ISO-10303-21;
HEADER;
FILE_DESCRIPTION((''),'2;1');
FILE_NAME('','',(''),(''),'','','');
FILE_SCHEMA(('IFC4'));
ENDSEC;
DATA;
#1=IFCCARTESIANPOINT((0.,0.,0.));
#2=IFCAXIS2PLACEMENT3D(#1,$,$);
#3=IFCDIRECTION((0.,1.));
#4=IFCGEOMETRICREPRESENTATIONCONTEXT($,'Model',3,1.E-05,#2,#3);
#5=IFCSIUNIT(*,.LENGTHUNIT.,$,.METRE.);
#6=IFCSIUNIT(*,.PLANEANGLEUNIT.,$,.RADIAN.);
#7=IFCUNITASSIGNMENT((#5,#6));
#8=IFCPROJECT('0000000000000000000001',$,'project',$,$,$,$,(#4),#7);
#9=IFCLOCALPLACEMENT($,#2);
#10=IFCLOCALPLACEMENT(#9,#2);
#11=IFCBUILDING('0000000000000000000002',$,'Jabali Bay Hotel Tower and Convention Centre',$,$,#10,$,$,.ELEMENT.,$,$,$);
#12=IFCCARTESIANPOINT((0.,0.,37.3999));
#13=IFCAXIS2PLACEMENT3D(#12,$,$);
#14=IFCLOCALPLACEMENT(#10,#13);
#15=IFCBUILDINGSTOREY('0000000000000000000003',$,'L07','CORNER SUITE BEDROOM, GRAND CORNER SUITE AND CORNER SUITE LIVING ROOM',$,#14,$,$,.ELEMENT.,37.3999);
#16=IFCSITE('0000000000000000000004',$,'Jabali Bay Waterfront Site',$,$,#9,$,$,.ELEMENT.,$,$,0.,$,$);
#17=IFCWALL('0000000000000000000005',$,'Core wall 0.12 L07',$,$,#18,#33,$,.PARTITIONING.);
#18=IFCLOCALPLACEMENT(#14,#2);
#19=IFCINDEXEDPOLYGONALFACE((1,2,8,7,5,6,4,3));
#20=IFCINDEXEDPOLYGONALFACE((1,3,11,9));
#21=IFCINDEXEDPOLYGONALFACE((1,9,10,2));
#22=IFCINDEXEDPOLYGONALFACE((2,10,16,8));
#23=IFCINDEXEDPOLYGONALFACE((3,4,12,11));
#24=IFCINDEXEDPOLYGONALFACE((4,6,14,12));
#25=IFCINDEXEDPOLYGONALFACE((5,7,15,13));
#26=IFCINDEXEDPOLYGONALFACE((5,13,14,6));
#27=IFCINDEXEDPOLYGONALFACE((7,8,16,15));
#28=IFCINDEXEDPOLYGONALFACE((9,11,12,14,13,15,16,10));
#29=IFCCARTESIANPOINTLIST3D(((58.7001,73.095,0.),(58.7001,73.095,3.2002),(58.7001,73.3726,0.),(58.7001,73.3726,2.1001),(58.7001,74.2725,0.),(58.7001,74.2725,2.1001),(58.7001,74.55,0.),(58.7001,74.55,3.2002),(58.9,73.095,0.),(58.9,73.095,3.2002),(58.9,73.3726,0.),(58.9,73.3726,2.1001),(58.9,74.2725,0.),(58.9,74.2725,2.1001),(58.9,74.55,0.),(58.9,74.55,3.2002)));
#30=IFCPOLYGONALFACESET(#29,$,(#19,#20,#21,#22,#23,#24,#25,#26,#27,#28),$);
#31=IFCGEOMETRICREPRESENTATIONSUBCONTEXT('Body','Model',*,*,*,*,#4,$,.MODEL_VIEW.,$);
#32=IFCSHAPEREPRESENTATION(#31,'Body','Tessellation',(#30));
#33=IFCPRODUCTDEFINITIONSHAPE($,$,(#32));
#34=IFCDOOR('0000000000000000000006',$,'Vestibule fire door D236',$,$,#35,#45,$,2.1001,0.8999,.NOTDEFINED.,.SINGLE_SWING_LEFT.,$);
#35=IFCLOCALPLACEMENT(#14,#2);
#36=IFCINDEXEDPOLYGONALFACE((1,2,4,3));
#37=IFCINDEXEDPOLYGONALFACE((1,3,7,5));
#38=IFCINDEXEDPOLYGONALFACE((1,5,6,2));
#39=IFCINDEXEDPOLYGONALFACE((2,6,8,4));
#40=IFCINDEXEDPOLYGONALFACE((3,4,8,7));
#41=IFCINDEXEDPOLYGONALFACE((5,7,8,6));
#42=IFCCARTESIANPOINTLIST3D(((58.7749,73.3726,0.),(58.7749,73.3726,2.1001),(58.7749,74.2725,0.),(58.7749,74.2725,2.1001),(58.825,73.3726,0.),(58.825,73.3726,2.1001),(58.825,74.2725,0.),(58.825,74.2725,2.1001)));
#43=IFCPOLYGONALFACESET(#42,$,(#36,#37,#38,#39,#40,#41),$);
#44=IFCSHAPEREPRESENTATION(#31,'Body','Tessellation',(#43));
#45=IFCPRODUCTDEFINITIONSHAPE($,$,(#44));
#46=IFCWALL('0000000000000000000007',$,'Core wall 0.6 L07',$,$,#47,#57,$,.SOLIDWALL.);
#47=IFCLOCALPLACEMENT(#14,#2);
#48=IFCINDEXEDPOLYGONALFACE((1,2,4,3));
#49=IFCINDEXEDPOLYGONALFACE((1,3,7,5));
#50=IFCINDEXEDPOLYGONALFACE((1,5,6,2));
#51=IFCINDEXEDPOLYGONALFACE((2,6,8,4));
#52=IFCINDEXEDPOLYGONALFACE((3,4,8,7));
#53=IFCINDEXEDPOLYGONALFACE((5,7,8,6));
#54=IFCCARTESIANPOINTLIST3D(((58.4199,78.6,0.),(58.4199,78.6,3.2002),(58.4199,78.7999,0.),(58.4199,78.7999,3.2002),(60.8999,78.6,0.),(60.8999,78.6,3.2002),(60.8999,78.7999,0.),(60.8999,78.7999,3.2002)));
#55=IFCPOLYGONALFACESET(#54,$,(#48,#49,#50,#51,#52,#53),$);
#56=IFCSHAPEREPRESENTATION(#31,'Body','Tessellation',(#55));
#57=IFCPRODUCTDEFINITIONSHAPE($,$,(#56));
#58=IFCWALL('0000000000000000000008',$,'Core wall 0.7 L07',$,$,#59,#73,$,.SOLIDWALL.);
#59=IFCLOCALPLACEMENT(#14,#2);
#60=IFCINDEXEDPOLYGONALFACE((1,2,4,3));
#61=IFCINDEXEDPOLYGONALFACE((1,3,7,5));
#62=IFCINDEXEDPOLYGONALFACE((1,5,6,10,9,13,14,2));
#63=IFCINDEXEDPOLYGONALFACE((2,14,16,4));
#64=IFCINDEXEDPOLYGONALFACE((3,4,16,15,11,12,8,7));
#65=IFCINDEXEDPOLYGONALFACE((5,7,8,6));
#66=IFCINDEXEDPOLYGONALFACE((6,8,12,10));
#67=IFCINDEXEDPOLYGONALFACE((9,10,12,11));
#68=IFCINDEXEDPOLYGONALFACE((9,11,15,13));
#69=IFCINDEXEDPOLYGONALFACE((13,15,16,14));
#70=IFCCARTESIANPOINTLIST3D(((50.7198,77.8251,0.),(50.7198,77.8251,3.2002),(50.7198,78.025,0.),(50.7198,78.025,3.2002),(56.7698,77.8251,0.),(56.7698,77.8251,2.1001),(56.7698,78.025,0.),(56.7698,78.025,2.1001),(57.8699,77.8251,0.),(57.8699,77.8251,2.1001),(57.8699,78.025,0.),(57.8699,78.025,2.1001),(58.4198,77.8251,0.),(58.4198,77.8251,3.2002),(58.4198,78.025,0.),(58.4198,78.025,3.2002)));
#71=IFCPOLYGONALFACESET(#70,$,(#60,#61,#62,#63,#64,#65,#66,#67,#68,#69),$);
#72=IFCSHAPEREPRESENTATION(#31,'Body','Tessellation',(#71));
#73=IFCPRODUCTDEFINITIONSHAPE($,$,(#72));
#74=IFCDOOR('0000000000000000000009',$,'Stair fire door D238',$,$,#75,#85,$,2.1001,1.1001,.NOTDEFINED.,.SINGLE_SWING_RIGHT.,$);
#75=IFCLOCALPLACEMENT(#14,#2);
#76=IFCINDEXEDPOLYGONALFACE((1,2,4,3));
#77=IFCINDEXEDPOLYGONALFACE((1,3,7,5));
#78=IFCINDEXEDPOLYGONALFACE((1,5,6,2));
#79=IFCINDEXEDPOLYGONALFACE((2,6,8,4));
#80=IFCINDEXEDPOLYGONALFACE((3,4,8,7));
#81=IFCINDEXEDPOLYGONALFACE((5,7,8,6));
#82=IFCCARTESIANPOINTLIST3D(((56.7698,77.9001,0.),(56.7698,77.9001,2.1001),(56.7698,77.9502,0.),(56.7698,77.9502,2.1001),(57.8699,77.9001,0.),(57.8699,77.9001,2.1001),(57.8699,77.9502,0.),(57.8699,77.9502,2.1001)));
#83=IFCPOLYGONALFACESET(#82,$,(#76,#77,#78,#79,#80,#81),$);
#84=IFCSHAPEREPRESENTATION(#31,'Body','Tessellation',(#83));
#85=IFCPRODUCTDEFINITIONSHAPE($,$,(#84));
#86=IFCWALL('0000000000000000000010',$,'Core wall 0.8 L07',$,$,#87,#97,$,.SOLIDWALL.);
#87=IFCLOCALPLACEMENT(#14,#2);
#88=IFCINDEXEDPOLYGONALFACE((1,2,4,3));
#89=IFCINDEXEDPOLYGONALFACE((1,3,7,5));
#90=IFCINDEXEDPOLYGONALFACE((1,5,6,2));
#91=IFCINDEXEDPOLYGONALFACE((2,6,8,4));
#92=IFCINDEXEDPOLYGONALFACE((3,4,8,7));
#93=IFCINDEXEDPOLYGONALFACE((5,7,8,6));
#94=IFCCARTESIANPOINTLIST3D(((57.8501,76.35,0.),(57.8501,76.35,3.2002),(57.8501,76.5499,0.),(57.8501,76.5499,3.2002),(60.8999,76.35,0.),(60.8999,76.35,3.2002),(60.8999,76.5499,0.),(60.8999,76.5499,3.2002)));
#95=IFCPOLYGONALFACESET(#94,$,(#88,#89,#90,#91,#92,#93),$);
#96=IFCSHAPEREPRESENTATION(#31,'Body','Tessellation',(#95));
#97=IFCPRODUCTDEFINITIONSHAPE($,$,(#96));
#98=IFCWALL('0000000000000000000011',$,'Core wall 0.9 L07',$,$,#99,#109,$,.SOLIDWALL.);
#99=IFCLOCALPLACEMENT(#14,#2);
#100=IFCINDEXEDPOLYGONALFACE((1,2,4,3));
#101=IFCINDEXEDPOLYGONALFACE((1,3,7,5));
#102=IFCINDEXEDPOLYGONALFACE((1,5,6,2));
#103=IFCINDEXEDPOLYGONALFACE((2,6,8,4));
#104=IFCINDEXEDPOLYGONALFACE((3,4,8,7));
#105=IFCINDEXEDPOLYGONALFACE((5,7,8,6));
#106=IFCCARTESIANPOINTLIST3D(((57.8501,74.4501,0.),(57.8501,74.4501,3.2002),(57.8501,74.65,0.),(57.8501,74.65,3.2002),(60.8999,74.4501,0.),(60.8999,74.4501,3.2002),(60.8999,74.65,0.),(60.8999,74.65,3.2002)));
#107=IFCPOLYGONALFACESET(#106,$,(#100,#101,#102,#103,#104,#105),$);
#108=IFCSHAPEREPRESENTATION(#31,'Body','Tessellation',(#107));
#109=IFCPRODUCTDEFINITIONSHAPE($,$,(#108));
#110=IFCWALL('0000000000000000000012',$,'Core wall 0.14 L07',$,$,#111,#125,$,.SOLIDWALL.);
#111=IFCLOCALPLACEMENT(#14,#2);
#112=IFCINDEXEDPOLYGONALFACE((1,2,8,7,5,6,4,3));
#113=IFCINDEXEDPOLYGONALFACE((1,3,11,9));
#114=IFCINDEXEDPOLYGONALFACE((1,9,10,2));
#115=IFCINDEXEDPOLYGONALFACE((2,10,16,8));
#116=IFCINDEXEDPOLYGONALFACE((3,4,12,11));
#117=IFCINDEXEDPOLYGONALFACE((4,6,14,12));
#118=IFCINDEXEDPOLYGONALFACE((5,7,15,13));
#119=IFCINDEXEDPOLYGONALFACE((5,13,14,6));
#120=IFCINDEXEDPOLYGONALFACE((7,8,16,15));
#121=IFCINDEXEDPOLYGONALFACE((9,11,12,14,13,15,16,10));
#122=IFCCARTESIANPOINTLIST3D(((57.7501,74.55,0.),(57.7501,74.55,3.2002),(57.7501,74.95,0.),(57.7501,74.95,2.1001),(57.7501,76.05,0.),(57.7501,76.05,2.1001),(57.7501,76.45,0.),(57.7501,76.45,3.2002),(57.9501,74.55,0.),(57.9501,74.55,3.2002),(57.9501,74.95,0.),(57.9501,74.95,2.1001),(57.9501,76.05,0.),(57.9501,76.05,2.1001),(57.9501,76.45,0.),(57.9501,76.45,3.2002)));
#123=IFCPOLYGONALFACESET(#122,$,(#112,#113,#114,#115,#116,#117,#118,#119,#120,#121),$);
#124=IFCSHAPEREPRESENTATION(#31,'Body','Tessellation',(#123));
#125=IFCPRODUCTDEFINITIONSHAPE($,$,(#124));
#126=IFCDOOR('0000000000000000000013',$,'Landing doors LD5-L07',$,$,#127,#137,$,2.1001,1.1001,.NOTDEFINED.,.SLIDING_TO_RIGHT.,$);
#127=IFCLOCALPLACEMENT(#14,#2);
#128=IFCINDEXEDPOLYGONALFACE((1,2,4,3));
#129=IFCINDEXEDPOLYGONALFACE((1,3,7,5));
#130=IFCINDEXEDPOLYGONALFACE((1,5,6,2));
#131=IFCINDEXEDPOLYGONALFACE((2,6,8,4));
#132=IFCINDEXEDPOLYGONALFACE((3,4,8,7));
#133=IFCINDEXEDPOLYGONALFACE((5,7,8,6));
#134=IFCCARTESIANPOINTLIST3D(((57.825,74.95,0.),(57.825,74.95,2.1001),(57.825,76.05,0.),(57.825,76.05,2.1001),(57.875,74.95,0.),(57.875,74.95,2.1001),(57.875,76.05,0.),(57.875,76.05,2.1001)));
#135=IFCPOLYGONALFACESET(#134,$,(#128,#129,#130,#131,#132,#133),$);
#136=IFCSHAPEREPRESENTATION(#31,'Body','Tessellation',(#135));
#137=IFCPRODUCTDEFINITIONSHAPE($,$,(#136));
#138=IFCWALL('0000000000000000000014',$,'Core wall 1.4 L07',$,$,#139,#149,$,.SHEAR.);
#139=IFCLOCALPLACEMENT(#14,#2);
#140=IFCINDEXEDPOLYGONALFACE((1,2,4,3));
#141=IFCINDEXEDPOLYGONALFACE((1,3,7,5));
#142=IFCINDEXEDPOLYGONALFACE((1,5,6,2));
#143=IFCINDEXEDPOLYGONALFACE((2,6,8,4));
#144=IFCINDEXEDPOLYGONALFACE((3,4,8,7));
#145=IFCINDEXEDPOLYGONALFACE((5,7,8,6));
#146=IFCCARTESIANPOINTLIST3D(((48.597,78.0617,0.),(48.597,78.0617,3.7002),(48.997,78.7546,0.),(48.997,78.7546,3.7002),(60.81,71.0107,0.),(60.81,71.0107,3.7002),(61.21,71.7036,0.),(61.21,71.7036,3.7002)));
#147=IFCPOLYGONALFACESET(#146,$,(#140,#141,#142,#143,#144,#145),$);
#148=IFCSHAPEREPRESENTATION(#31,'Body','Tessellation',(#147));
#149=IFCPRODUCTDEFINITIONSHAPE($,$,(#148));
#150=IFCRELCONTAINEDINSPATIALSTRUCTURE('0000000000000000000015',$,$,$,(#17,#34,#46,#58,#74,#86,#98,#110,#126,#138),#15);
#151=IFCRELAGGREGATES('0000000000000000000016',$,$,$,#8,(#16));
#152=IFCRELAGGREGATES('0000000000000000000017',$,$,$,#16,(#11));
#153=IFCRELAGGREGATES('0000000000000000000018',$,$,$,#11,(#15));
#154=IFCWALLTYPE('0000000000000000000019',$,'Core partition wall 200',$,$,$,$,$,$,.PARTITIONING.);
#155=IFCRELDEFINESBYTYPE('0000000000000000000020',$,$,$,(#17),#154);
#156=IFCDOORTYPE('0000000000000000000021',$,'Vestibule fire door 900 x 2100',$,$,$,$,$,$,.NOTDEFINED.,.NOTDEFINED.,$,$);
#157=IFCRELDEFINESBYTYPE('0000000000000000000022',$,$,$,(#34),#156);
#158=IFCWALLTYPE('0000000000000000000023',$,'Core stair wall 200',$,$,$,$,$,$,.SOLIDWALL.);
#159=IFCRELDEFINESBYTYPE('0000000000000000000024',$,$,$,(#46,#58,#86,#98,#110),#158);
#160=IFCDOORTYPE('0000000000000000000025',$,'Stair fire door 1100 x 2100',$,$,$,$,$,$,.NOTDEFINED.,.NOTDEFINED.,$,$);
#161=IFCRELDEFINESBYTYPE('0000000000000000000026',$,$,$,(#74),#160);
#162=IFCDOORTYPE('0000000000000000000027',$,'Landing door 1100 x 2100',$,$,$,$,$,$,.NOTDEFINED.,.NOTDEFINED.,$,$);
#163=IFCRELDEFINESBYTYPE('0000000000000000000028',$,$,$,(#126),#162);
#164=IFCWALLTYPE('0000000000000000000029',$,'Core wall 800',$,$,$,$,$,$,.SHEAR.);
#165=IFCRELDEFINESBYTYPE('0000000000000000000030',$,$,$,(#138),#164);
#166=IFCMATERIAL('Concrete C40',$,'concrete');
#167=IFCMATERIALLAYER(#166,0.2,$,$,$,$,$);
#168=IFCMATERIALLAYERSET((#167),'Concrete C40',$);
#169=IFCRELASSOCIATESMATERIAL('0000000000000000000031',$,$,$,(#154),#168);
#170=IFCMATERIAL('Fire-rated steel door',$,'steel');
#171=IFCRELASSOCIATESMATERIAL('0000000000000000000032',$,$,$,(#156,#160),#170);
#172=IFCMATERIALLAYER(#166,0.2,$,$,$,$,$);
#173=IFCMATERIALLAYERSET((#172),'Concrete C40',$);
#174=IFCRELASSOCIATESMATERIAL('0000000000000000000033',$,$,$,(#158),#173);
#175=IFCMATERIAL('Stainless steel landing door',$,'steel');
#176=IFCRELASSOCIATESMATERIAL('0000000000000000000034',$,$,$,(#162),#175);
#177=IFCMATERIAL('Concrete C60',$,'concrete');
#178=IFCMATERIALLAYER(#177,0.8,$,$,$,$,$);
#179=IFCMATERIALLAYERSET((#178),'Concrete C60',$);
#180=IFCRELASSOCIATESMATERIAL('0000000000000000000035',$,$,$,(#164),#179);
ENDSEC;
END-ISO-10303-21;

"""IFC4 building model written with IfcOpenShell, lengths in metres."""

from ifc_helpers import new_model, si_unit, direction, frame, frame_2d, origin, place, context, subcontext, project, spatial, rectangle, extrude, material, layer, layer_set, type_object, element, fill, save


model = new_model("IFC4")

# Units and contexts
model_context = context("Model", 3, precision=1e-05, world=origin(), true_north=direction((0.0, 1.0)))
body_context = subcontext(model_context, "Body", "Model", "MODEL_VIEW")
ifc_project = project(units=[si_unit("LENGTHUNIT", "METRE"), si_unit("PLANEANGLEUNIT", "RADIAN")], contexts=[model_context])

# Site, building, storey
site_placement = place(None, origin())
site = spatial("IfcSite", under=ifc_project, at=site_placement, Name="Jabali Bay Waterfront Site", CompositionType="ELEMENT", RefElevation=0.0)
building_placement = place(site_placement, origin())
building = spatial("IfcBuilding", under=site, at=building_placement, Name="Jabali Bay Hotel Tower and Convention Centre", CompositionType="ELEMENT")
storey_placement = place(building_placement, frame((0.0, 0.0, 37.3999)))
storey = spatial("IfcBuildingStorey", under=building, at=storey_placement, Name="L07", Description="CORNER SUITE BEDROOM, GRAND CORNER SUITE AND CORNER SUITE LIVING ROOM", CompositionType="ELEMENT", Elevation=37.3999)

# Wall, opening, door
ifc_material_1 = material(Name="Concrete C40", Category="concrete")
ifc_layer_1 = layer(ifc_material_1, 0.2)
ifc_layer_set_1 = layer_set([ifc_layer_1], Name="Concrete C40")
wall_type_1 = type_object("IfcWallType", Name="Core partition wall 200", PredefinedType="PARTITIONING", material=ifc_layer_set_1)
wall_1_placement = place(storey_placement, frame((58.8, 74.55, 0.0), z_axis=(0.0, 0.0, 1.0), x_axis=(0.0, -1.0, 0.0)))
wall_1 = element("IfcWall", 1, at=wall_1_placement, inside=storey, type_object=wall_type_1, Name="Core wall 0.12 L07", PredefinedType="PARTITIONING", context=body_context, shape_type="SweptSolid", body=[
    extrude(rectangle(XDim=1.4551, YDim=0.2, at=frame_2d((0.7275, 0.0))), origin(), (0.0, 0.0, 1.0), 3.2002),
])
opening_1_placement = place(wall_1_placement, frame((0.2776, 0.0, 0.0)))
opening_1 = element("IfcOpeningElement", 2, at=opening_1_placement, cuts=wall_1, PredefinedType="OPENING", context=body_context, shape_type="SweptSolid", body=[
    extrude(rectangle(XDim=0.8999, YDim=2.1001, at=frame_2d((0.45, 1.05))), frame((0.0, 0.1104, 0.0), z_axis=(0.0, -1.0, 0.0), x_axis=(1.0, 0.0, 0.0)), (0.0, 0.0, 1.0), 0.2209),
])
ifc_material_2 = material(Name="Fire-rated steel door", Category="steel")
door_type_1 = type_object("IfcDoorType", Name="Vestibule fire door 900 x 2100", OperationType="NOTDEFINED", PredefinedType="NOTDEFINED", material=ifc_material_2)
door_1_placement = place(opening_1_placement, origin())
door_1 = element("IfcDoor", 3, at=door_1_placement, inside=storey, type_object=door_type_1, Name="Vestibule fire door D236", OperationType="SINGLE_SWING_LEFT", OverallHeight=2.1001, OverallWidth=0.8999, PredefinedType="NOTDEFINED", context=body_context, shape_type="SweptSolid", body=[
    extrude(rectangle(XDim=0.8999, YDim=2.1001, at=frame_2d((0.45, 1.05))), frame((0.0, 0.0249, 0.0), z_axis=(0.0, -1.0, 0.0), x_axis=(1.0, 0.0, 0.0)), (0.0, 0.0, 1.0), 0.05),
])
fill(opening_1, door_1)

# Wall
ifc_layer_2 = layer(ifc_material_1, 0.2)
ifc_layer_set_2 = layer_set([ifc_layer_2], Name="Concrete C40")
wall_type_2 = type_object("IfcWallType", Name="Core stair wall 200", PredefinedType="SOLIDWALL", material=ifc_layer_set_2)
wall_2_placement = place(storey_placement, frame((60.8999, 78.7, 0.0), z_axis=(0.0, 0.0, 1.0), x_axis=(-1.0, 0.0, 0.0)))
element("IfcWall", 4, at=wall_2_placement, inside=storey, type_object=wall_type_2, Name="Core wall 0.6 L07", PredefinedType="SOLIDWALL", context=body_context, shape_type="SweptSolid", body=[
    extrude(rectangle(XDim=2.48, YDim=0.2, at=frame_2d((1.24, 0.0))), origin(), (0.0, 0.0, 1.0), 3.2002),
])

# Wall, opening, door
wall_3_placement = place(storey_placement, frame((58.4199, 77.925, 0.0), z_axis=(0.0, 0.0, 1.0), x_axis=(-1.0, 0.0, 0.0)))
wall_3 = element("IfcWall", 5, at=wall_3_placement, inside=storey, type_object=wall_type_2, Name="Core wall 0.7 L07", PredefinedType="SOLIDWALL", context=body_context, shape_type="SweptSolid", body=[
    extrude(rectangle(XDim=7.7, YDim=0.2, at=frame_2d((3.8501, 0.0))), origin(), (0.0, 0.0, 1.0), 3.2002),
])
opening_2_placement = place(wall_3_placement, frame((0.55, 0.0, 0.0)))
opening_2 = element("IfcOpeningElement", 6, at=opening_2_placement, cuts=wall_3, PredefinedType="OPENING", context=body_context, shape_type="SweptSolid", body=[
    extrude(rectangle(XDim=1.1001, YDim=2.1001, at=frame_2d((0.55, 1.05))), frame((0.0, 0.1104, 0.0), z_axis=(0.0, -1.0, 0.0), x_axis=(1.0, 0.0, 0.0)), (0.0, 0.0, 1.0), 0.2209),
])
door_type_2 = type_object("IfcDoorType", Name="Stair fire door 1100 x 2100", OperationType="NOTDEFINED", PredefinedType="NOTDEFINED", material=ifc_material_2)
door_2_placement = place(opening_2_placement, origin())
door_2 = element("IfcDoor", 7, at=door_2_placement, inside=storey, type_object=door_type_2, Name="Stair fire door D238", OperationType="SINGLE_SWING_RIGHT", OverallHeight=2.1001, OverallWidth=1.1001, PredefinedType="NOTDEFINED", context=body_context, shape_type="SweptSolid", body=[
    extrude(rectangle(XDim=1.1001, YDim=2.1001, at=frame_2d((0.55, 1.05))), frame((0.0, 0.0249, 0.0), z_axis=(0.0, -1.0, 0.0), x_axis=(1.0, 0.0, 0.0)), (0.0, 0.0, 1.0), 0.05),
])
fill(opening_2, door_2)

# Walls
for number, where, z_axis, x_axis, name in (
    (8, (60.8999, 76.45, 0.0), (0.0, 0.0, 1.0), (-1.0, 0.0, 0.0), "Core wall 0.8 L07"),
    (9, (60.8999, 74.55, 0.0), (0.0, 0.0, 1.0), (-1.0, 0.0, 0.0), "Core wall 0.9 L07"),
):
    element("IfcWall", number, at=place(storey_placement, frame(where, z_axis=z_axis, x_axis=x_axis)), inside=storey, type_object=wall_type_2, Name=name, PredefinedType="SOLIDWALL", context=body_context, shape_type="SweptSolid", body=[
        extrude(rectangle(XDim=3.0498, YDim=0.2, at=frame_2d((1.5249, 0.0))), origin(), (0.0, 0.0, 1.0), 3.2002),
    ])

# Wall, opening, door
wall_4_placement = place(storey_placement, frame((57.8501, 76.45, 0.0), z_axis=(0.0, 0.0, 1.0), x_axis=(0.0, -1.0, 0.0)))
wall_4 = element("IfcWall", 10, at=wall_4_placement, inside=storey, type_object=wall_type_2, Name="Core wall 0.14 L07", PredefinedType="SOLIDWALL", context=body_context, shape_type="SweptSolid", body=[
    extrude(rectangle(XDim=1.8999, YDim=0.2, at=frame_2d((0.95, 0.0))), origin(), (0.0, 0.0, 1.0), 3.2002),
])
opening_3_placement = place(wall_4_placement, frame((0.3999, 0.0, 0.0)))
opening_3 = element("IfcOpeningElement", 11, at=opening_3_placement, cuts=wall_4, PredefinedType="OPENING", context=body_context, shape_type="SweptSolid", body=[
    extrude(rectangle(XDim=1.1001, YDim=2.1001, at=frame_2d((0.55, 1.05))), frame((0.0, 0.1104, 0.0), z_axis=(0.0, -1.0, 0.0), x_axis=(1.0, 0.0, 0.0)), (0.0, 0.0, 1.0), 0.2209),
])
ifc_material_3 = material(Name="Stainless steel landing door", Category="steel")
door_type_3 = type_object("IfcDoorType", Name="Landing door 1100 x 2100", OperationType="NOTDEFINED", PredefinedType="NOTDEFINED", material=ifc_material_3)
door_3_placement = place(opening_3_placement, origin())
door_3 = element("IfcDoor", 12, at=door_3_placement, inside=storey, type_object=door_type_3, Name="Landing doors LD5-L07", OperationType="SLIDING_TO_RIGHT", OverallHeight=2.1001, OverallWidth=1.1001, PredefinedType="NOTDEFINED", context=body_context, shape_type="SweptSolid", body=[
    extrude(rectangle(XDim=1.1001, YDim=2.1001, at=frame_2d((0.55, 1.05))), frame((0.0, 0.0249, 0.0), z_axis=(0.0, -1.0, 0.0), x_axis=(1.0, 0.0, 0.0)), (0.0, 0.0, 1.0), 0.05),
])
fill(opening_3, door_3)

# Wall
ifc_material_4 = material(Name="Concrete C60", Category="concrete")
ifc_layer_3 = layer(ifc_material_4, 0.8)
ifc_layer_set_3 = layer_set([ifc_layer_3], Name="Concrete C60")
wall_type_3 = type_object("IfcWallType", Name="Core wall 800", PredefinedType="SHEAR", material=ifc_layer_set_3)
wall_5_placement = place(storey_placement, frame((48.7969, 78.4082, 0.0), z_axis=(0.0, 0.0, 1.0), x_axis=(0.866033, -0.499988, 0.0)))
element("IfcWall", 13, at=wall_5_placement, inside=storey, type_object=wall_type_3, Name="Core wall 1.4 L07", PredefinedType="SHEAR", context=body_context, shape_type="SweptSolid", body=[
    extrude(rectangle(XDim=14.1023, YDim=0.8, at=frame_2d((7.0513, 0.0))), origin(), (0.0, 0.0, 1.0), 3.7002),
])

save(model, "model.ifc")
